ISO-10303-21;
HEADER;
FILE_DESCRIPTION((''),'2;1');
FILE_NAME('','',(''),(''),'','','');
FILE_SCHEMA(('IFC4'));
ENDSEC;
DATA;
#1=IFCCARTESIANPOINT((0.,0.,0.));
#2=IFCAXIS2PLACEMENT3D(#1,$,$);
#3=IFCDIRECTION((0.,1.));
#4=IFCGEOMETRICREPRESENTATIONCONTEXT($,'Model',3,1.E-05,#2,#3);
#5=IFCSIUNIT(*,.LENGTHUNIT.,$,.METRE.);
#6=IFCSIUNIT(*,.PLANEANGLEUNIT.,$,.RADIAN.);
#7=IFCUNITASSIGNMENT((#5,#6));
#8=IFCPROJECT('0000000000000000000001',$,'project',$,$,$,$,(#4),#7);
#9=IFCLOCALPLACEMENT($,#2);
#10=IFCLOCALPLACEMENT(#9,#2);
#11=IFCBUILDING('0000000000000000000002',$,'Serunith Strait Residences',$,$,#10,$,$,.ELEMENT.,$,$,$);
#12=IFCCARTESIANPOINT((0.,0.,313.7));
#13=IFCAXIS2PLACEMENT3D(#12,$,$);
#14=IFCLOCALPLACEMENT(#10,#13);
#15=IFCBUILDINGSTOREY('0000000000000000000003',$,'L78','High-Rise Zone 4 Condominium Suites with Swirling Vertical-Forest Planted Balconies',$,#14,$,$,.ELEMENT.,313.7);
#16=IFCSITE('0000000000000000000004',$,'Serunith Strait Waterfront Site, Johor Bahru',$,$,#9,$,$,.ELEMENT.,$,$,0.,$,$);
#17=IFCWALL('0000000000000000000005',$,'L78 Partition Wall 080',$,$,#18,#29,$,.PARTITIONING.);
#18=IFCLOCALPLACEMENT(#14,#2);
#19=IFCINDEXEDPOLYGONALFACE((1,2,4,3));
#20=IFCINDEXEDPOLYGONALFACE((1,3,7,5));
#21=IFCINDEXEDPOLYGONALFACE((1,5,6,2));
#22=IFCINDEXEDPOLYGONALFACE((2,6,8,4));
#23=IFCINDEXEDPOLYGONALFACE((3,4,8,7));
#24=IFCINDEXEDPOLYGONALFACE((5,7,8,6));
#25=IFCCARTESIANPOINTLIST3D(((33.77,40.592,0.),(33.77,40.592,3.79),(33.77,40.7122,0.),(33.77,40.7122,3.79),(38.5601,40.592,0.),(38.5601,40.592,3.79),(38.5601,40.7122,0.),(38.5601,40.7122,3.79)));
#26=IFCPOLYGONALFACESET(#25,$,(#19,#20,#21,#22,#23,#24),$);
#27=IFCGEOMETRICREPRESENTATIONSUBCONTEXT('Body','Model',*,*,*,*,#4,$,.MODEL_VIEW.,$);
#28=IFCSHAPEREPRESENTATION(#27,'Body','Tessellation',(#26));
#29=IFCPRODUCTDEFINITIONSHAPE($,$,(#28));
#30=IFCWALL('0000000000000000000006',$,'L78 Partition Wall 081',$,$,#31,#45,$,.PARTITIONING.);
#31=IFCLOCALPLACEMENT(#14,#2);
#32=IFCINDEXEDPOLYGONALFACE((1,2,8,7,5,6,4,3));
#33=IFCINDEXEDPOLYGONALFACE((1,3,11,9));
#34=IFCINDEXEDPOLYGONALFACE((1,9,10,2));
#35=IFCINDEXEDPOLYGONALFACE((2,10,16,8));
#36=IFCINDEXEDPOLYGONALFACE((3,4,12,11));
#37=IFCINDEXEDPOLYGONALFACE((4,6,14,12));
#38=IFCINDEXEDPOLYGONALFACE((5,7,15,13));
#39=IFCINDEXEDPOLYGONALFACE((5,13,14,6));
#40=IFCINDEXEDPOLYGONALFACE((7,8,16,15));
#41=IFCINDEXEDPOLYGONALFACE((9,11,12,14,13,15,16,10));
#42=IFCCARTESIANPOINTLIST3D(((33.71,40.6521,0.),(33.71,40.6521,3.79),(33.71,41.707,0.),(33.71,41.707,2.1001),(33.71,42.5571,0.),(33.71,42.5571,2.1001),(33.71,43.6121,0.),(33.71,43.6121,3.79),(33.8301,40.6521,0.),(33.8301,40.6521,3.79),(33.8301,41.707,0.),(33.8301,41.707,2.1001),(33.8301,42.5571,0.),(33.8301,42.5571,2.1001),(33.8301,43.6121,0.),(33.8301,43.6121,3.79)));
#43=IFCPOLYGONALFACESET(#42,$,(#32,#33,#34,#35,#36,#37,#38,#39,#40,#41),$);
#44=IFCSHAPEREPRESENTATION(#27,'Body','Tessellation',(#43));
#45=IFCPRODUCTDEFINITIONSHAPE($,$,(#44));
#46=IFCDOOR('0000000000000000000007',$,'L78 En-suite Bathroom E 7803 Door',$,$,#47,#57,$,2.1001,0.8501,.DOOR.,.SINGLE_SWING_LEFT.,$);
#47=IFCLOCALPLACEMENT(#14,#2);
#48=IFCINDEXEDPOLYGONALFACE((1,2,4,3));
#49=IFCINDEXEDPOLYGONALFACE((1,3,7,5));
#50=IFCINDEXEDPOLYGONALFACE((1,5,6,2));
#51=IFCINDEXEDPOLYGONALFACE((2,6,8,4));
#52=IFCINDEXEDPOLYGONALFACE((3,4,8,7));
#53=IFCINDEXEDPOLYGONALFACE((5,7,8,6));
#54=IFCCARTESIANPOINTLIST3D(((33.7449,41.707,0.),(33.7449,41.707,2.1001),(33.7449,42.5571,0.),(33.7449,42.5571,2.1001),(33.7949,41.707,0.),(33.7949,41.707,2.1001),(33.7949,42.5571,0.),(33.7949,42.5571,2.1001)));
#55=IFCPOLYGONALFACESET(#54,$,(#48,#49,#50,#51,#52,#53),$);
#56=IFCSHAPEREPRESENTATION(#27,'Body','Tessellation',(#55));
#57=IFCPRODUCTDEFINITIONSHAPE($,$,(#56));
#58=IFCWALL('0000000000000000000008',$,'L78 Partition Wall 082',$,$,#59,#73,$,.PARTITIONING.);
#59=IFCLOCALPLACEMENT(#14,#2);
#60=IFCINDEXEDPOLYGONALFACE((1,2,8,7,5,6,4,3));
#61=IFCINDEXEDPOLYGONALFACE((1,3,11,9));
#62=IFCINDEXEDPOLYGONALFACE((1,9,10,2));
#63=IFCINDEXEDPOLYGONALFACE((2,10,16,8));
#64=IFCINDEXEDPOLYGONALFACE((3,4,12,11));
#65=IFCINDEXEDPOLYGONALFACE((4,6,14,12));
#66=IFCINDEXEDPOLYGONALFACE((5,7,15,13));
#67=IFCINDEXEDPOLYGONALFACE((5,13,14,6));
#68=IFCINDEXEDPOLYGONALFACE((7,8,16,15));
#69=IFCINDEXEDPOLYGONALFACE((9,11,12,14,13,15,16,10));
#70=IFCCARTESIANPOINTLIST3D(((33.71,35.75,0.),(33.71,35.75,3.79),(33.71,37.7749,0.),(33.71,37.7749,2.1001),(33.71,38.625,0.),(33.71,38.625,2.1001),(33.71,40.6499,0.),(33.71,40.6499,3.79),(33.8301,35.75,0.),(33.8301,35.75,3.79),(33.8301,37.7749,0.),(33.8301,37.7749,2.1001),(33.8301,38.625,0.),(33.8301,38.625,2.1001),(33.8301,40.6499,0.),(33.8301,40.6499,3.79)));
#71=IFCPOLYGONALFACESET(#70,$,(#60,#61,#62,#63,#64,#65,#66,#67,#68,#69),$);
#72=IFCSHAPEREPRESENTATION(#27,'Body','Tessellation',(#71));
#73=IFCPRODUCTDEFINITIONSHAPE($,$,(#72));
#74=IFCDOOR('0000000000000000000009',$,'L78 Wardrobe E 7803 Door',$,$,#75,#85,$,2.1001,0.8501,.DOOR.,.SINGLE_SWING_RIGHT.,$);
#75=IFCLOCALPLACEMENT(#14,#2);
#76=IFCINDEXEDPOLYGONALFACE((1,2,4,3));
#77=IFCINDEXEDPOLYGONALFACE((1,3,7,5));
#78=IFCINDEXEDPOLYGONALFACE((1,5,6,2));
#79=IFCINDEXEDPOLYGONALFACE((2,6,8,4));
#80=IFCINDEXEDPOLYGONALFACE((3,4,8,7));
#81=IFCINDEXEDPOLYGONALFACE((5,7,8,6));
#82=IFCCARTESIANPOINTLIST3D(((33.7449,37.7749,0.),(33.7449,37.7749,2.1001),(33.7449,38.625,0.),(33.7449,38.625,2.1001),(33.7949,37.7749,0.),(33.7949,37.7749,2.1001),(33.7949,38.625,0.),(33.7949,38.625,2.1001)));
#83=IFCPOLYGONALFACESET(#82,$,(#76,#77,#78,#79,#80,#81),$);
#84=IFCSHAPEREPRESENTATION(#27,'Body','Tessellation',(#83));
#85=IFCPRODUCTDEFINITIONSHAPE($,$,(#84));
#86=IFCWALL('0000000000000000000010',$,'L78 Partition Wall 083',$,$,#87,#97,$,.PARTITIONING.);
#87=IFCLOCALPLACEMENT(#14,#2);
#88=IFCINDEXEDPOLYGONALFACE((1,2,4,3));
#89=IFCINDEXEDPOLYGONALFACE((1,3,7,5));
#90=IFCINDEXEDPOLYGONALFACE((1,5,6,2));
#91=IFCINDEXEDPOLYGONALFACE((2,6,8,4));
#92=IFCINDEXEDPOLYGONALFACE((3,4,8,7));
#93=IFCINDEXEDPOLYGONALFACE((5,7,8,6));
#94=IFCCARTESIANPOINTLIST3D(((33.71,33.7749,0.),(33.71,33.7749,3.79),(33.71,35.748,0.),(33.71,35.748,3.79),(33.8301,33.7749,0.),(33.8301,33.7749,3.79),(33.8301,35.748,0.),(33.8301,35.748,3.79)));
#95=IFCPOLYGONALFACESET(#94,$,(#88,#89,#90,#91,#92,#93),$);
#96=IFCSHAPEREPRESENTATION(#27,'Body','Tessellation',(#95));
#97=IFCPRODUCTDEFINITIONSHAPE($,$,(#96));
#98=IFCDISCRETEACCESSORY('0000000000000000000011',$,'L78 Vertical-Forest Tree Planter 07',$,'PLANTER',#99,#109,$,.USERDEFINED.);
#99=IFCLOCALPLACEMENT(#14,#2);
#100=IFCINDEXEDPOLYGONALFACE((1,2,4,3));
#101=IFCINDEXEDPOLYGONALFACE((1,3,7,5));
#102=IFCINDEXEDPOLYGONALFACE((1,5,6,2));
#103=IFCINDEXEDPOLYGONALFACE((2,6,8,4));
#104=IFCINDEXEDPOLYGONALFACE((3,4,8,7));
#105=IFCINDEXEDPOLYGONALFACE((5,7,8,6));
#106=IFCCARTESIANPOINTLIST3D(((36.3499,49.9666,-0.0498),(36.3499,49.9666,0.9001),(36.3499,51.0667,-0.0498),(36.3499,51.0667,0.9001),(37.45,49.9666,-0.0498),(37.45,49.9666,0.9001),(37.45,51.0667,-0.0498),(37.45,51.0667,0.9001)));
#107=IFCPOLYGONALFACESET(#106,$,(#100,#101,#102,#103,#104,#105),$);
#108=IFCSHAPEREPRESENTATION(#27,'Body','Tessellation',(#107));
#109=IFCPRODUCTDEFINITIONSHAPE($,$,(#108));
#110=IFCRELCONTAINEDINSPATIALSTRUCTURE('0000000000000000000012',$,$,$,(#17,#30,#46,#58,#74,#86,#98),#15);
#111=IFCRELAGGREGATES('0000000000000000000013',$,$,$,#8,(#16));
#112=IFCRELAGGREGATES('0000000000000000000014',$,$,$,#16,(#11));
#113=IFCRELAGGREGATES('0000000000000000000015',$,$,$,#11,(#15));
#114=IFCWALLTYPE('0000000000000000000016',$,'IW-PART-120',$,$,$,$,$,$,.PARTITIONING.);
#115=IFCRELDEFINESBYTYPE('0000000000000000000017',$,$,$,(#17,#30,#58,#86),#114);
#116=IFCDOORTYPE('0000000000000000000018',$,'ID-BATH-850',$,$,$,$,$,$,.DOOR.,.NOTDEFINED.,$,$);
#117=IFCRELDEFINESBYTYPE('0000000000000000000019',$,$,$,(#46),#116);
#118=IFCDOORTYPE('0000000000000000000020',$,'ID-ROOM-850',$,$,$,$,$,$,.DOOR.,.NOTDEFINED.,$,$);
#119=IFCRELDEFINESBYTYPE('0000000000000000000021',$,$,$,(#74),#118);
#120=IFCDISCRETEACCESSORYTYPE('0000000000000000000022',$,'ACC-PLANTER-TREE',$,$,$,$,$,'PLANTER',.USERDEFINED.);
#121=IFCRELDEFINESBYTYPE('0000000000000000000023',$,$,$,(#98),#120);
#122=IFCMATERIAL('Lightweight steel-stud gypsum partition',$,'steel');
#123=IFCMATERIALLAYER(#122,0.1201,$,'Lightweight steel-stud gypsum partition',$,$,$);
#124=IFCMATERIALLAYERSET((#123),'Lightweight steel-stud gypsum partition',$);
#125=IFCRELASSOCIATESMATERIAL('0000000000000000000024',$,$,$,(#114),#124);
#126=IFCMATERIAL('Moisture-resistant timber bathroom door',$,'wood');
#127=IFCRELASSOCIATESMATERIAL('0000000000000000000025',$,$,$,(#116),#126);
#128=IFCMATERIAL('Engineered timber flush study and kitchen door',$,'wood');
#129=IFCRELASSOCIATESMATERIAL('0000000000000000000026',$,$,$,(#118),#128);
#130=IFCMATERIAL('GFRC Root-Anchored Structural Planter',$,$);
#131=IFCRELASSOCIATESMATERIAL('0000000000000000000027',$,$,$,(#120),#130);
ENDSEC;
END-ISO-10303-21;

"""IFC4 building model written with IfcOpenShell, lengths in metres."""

from ifc_helpers import new_model, si_unit, direction, frame, frame_2d, origin, origin_2d, place, context, subcontext, project, spatial, rectangle, extrude, source, transform, mapped, material, layer, layer_set, type_object, element, fill, save


model = new_model("IFC4")

# Units and contexts
model_context = context("Model", 3, precision=1e-05, world=origin(), true_north=direction((0.0, 1.0)))
body_context = subcontext(model_context, "Body", "Model", "MODEL_VIEW")
ifc_project = project(units=[si_unit("LENGTHUNIT", "METRE"), si_unit("PLANEANGLEUNIT", "RADIAN")], contexts=[model_context])

# Site, building, storey
site_placement = place(None, origin())
site = spatial("IfcSite", under=ifc_project, at=site_placement, Name="Serunith Strait Waterfront Site, Johor Bahru", CompositionType="ELEMENT", RefElevation=0.0)
building_placement = place(site_placement, origin())
building = spatial("IfcBuilding", under=site, at=building_placement, Name="Serunith Strait Residences", CompositionType="ELEMENT")
storey_placement = place(building_placement, frame((0.0, 0.0, 313.7)))
storey = spatial("IfcBuildingStorey", under=building, at=storey_placement, Name="L78", Description="High-Rise Zone 4 Condominium Suites with Swirling Vertical-Forest Planted Balconies", CompositionType="ELEMENT", Elevation=313.7)

# Shared definitions
ifc_material_1 = material(Name="Lightweight steel-stud gypsum partition", Category="steel")
ifc_layer_1 = layer(ifc_material_1, 0.1201, Name="Lightweight steel-stud gypsum partition")
ifc_layer_set_1 = layer_set([ifc_layer_1], Name="Lightweight steel-stud gypsum partition")
wall_type_1 = type_object("IfcWallType", Name="IW-PART-120", PredefinedType="PARTITIONING", material=ifc_layer_set_1)

# Wall
for number, where, z_axis, x_axis, name in (
    (1, (33.77, 40.6521, 0.0), (0.0, 0.0, 1.0), (1.0, 0.0, 0.0), "L78 Partition Wall 080"),
):
    element("IfcWall", number, at=place(storey_placement, frame(where, z_axis=z_axis, x_axis=x_axis)), inside=storey, type_object=wall_type_1, Name=name, PredefinedType="PARTITIONING", context=body_context, shape_type="SweptSolid", body=[
        extrude(rectangle(XDim=4.79, YDim=0.1201, at=frame_2d((2.395, 0.0))), origin(), (0.0, 0.0, 1.0), 3.79),
    ])

# Walls, openings, doors
wall_1_placement = place(storey_placement, frame((33.77, 43.6121, 0.0), z_axis=(0.0, 0.0, 1.0), x_axis=(0.0, -1.0, 0.0)))
wall_1 = element("IfcWall", 2, at=wall_1_placement, inside=storey, type_object=wall_type_1, Name="L78 Partition Wall 081", PredefinedType="PARTITIONING", context=body_context, shape_type="SweptSolid", body=[
    extrude(rectangle(XDim=2.96, YDim=0.1201, at=frame_2d((1.48, 0.0))), origin(), (0.0, 0.0, 1.0), 3.79),
])
opening_1_placement = place(wall_1_placement, frame((1.0549, 0.0, 0.0)))
opening_1 = element("IfcOpeningElement", 3, at=opening_1_placement, cuts=wall_1, PredefinedType="OPENING", context=body_context, shape_type="SweptSolid", body=[
    extrude(rectangle(XDim=0.8501, YDim=2.1001, at=frame_2d((0.425, 1.05))), frame((0.0, 0.0701, 0.0), z_axis=(0.0, -1.0, 0.0), x_axis=(1.0, 0.0, 0.0)), (0.0, 0.0, 1.0), 0.1401),
])
ifc_material_2 = material(Name="Moisture-resistant timber bathroom door", Category="wood")
door_type_1 = type_object("IfcDoorType", Name="ID-BATH-850", OperationType="NOTDEFINED", PredefinedType="DOOR", material=ifc_material_2)
shared_shape_1 = source(origin(), body_context, "Body", "SweptSolid", [
    extrude(rectangle(XDim=0.8501, YDim=2.1001, at=frame_2d((0.425, 1.05))), frame((0.0, 0.0249, 0.0), z_axis=(0.0, -1.0, 0.0), x_axis=(1.0, 0.0, 0.0)), (0.0, 0.0, 1.0), 0.05),
])
door_1_placement = place(opening_1_placement, origin())
door_1 = element("IfcDoor", 4, at=door_1_placement, inside=storey, type_object=door_type_1, Name="L78 En-suite Bathroom E 7803 Door", OperationType="SINGLE_SWING_LEFT", OverallHeight=2.1001, OverallWidth=0.8501, PredefinedType="DOOR", context=body_context, shape_type="MappedRepresentation", body=[
    mapped(shared_shape_1, transform((0.0, 0.0, 0.0), scale=1.0)),
])
fill(opening_1, door_1)
wall_2_placement = place(storey_placement, frame((33.77, 40.6499, 0.0), z_axis=(0.0, 0.0, 1.0), x_axis=(0.0, -1.0, 0.0)))
wall_2 = element("IfcWall", 5, at=wall_2_placement, inside=storey, type_object=wall_type_1, Name="L78 Partition Wall 082", PredefinedType="PARTITIONING", context=body_context, shape_type="SweptSolid", body=[
    extrude(rectangle(XDim=4.8999, YDim=0.1201, at=frame_2d((2.45, 0.0))), origin(), (0.0, 0.0, 1.0), 3.79),
])
opening_2_placement = place(wall_2_placement, frame((2.0249, 0.0, 0.0)))
opening_2 = element("IfcOpeningElement", 6, at=opening_2_placement, cuts=wall_2, PredefinedType="OPENING", context=body_context, shape_type="SweptSolid", body=[
    extrude(rectangle(XDim=0.8501, YDim=2.1001, at=frame_2d((0.425, 1.05))), frame((0.0, 0.0701, 0.0), z_axis=(0.0, -1.0, 0.0), x_axis=(1.0, 0.0, 0.0)), (0.0, 0.0, 1.0), 0.1401),
])
ifc_material_3 = material(Name="Engineered timber flush study and kitchen door", Category="wood")
door_type_2 = type_object("IfcDoorType", Name="ID-ROOM-850", OperationType="NOTDEFINED", PredefinedType="DOOR", material=ifc_material_3)
door_2_placement = place(opening_2_placement, origin())
door_2 = element("IfcDoor", 7, at=door_2_placement, inside=storey, type_object=door_type_2, Name="L78 Wardrobe E 7803 Door", OperationType="SINGLE_SWING_RIGHT", OverallHeight=2.1001, OverallWidth=0.8501, PredefinedType="DOOR", context=body_context, shape_type="MappedRepresentation", body=[
    mapped(shared_shape_1, transform((0.0, 0.0, 0.0), scale=1.0)),
])
fill(opening_2, door_2)

# Wall
wall_3_placement = place(storey_placement, frame((33.77, 35.748, 0.0), z_axis=(0.0, 0.0, 1.0), x_axis=(0.0, -1.0, 0.0)))
element("IfcWall", 8, at=wall_3_placement, inside=storey, type_object=wall_type_1, Name="L78 Partition Wall 083", PredefinedType="PARTITIONING", context=body_context, shape_type="SweptSolid", body=[
    extrude(rectangle(XDim=1.9731, YDim=0.1201, at=frame_2d((0.9866, 0.0))), origin(), (0.0, 0.0, 1.0), 3.79),
])

# Discrete accessory
ifc_material_4 = material(Name="GFRC Root-Anchored Structural Planter")
discrete_accessory_type = type_object("IfcDiscreteAccessoryType", Name="ACC-PLANTER-TREE", ElementType="PLANTER", PredefinedType="USERDEFINED", material=ifc_material_4)
shared_shape_2 = source(origin(), body_context, "Body", "SweptSolid", [
    extrude(rectangle(XDim=1.1001, YDim=1.1001, at=origin_2d()), origin(), (0.0, 0.0, 1.0), 0.95),
])
discrete_accessory_placement = place(storey_placement, frame((36.8999, 50.5166, -0.0498), z_axis=(0.0, 0.0, 1.0), x_axis=(-1.0, 0.0, 0.0)))
element("IfcDiscreteAccessory", 9, at=discrete_accessory_placement, inside=storey, type_object=discrete_accessory_type, Name="L78 Vertical-Forest Tree Planter 07", ObjectType="PLANTER", PredefinedType="USERDEFINED", context=body_context, shape_type="MappedRepresentation", body=[
    mapped(shared_shape_2, transform((0.0, 0.0, 0.0), scale=1.0)),
])

save(model, "model.ifc")
